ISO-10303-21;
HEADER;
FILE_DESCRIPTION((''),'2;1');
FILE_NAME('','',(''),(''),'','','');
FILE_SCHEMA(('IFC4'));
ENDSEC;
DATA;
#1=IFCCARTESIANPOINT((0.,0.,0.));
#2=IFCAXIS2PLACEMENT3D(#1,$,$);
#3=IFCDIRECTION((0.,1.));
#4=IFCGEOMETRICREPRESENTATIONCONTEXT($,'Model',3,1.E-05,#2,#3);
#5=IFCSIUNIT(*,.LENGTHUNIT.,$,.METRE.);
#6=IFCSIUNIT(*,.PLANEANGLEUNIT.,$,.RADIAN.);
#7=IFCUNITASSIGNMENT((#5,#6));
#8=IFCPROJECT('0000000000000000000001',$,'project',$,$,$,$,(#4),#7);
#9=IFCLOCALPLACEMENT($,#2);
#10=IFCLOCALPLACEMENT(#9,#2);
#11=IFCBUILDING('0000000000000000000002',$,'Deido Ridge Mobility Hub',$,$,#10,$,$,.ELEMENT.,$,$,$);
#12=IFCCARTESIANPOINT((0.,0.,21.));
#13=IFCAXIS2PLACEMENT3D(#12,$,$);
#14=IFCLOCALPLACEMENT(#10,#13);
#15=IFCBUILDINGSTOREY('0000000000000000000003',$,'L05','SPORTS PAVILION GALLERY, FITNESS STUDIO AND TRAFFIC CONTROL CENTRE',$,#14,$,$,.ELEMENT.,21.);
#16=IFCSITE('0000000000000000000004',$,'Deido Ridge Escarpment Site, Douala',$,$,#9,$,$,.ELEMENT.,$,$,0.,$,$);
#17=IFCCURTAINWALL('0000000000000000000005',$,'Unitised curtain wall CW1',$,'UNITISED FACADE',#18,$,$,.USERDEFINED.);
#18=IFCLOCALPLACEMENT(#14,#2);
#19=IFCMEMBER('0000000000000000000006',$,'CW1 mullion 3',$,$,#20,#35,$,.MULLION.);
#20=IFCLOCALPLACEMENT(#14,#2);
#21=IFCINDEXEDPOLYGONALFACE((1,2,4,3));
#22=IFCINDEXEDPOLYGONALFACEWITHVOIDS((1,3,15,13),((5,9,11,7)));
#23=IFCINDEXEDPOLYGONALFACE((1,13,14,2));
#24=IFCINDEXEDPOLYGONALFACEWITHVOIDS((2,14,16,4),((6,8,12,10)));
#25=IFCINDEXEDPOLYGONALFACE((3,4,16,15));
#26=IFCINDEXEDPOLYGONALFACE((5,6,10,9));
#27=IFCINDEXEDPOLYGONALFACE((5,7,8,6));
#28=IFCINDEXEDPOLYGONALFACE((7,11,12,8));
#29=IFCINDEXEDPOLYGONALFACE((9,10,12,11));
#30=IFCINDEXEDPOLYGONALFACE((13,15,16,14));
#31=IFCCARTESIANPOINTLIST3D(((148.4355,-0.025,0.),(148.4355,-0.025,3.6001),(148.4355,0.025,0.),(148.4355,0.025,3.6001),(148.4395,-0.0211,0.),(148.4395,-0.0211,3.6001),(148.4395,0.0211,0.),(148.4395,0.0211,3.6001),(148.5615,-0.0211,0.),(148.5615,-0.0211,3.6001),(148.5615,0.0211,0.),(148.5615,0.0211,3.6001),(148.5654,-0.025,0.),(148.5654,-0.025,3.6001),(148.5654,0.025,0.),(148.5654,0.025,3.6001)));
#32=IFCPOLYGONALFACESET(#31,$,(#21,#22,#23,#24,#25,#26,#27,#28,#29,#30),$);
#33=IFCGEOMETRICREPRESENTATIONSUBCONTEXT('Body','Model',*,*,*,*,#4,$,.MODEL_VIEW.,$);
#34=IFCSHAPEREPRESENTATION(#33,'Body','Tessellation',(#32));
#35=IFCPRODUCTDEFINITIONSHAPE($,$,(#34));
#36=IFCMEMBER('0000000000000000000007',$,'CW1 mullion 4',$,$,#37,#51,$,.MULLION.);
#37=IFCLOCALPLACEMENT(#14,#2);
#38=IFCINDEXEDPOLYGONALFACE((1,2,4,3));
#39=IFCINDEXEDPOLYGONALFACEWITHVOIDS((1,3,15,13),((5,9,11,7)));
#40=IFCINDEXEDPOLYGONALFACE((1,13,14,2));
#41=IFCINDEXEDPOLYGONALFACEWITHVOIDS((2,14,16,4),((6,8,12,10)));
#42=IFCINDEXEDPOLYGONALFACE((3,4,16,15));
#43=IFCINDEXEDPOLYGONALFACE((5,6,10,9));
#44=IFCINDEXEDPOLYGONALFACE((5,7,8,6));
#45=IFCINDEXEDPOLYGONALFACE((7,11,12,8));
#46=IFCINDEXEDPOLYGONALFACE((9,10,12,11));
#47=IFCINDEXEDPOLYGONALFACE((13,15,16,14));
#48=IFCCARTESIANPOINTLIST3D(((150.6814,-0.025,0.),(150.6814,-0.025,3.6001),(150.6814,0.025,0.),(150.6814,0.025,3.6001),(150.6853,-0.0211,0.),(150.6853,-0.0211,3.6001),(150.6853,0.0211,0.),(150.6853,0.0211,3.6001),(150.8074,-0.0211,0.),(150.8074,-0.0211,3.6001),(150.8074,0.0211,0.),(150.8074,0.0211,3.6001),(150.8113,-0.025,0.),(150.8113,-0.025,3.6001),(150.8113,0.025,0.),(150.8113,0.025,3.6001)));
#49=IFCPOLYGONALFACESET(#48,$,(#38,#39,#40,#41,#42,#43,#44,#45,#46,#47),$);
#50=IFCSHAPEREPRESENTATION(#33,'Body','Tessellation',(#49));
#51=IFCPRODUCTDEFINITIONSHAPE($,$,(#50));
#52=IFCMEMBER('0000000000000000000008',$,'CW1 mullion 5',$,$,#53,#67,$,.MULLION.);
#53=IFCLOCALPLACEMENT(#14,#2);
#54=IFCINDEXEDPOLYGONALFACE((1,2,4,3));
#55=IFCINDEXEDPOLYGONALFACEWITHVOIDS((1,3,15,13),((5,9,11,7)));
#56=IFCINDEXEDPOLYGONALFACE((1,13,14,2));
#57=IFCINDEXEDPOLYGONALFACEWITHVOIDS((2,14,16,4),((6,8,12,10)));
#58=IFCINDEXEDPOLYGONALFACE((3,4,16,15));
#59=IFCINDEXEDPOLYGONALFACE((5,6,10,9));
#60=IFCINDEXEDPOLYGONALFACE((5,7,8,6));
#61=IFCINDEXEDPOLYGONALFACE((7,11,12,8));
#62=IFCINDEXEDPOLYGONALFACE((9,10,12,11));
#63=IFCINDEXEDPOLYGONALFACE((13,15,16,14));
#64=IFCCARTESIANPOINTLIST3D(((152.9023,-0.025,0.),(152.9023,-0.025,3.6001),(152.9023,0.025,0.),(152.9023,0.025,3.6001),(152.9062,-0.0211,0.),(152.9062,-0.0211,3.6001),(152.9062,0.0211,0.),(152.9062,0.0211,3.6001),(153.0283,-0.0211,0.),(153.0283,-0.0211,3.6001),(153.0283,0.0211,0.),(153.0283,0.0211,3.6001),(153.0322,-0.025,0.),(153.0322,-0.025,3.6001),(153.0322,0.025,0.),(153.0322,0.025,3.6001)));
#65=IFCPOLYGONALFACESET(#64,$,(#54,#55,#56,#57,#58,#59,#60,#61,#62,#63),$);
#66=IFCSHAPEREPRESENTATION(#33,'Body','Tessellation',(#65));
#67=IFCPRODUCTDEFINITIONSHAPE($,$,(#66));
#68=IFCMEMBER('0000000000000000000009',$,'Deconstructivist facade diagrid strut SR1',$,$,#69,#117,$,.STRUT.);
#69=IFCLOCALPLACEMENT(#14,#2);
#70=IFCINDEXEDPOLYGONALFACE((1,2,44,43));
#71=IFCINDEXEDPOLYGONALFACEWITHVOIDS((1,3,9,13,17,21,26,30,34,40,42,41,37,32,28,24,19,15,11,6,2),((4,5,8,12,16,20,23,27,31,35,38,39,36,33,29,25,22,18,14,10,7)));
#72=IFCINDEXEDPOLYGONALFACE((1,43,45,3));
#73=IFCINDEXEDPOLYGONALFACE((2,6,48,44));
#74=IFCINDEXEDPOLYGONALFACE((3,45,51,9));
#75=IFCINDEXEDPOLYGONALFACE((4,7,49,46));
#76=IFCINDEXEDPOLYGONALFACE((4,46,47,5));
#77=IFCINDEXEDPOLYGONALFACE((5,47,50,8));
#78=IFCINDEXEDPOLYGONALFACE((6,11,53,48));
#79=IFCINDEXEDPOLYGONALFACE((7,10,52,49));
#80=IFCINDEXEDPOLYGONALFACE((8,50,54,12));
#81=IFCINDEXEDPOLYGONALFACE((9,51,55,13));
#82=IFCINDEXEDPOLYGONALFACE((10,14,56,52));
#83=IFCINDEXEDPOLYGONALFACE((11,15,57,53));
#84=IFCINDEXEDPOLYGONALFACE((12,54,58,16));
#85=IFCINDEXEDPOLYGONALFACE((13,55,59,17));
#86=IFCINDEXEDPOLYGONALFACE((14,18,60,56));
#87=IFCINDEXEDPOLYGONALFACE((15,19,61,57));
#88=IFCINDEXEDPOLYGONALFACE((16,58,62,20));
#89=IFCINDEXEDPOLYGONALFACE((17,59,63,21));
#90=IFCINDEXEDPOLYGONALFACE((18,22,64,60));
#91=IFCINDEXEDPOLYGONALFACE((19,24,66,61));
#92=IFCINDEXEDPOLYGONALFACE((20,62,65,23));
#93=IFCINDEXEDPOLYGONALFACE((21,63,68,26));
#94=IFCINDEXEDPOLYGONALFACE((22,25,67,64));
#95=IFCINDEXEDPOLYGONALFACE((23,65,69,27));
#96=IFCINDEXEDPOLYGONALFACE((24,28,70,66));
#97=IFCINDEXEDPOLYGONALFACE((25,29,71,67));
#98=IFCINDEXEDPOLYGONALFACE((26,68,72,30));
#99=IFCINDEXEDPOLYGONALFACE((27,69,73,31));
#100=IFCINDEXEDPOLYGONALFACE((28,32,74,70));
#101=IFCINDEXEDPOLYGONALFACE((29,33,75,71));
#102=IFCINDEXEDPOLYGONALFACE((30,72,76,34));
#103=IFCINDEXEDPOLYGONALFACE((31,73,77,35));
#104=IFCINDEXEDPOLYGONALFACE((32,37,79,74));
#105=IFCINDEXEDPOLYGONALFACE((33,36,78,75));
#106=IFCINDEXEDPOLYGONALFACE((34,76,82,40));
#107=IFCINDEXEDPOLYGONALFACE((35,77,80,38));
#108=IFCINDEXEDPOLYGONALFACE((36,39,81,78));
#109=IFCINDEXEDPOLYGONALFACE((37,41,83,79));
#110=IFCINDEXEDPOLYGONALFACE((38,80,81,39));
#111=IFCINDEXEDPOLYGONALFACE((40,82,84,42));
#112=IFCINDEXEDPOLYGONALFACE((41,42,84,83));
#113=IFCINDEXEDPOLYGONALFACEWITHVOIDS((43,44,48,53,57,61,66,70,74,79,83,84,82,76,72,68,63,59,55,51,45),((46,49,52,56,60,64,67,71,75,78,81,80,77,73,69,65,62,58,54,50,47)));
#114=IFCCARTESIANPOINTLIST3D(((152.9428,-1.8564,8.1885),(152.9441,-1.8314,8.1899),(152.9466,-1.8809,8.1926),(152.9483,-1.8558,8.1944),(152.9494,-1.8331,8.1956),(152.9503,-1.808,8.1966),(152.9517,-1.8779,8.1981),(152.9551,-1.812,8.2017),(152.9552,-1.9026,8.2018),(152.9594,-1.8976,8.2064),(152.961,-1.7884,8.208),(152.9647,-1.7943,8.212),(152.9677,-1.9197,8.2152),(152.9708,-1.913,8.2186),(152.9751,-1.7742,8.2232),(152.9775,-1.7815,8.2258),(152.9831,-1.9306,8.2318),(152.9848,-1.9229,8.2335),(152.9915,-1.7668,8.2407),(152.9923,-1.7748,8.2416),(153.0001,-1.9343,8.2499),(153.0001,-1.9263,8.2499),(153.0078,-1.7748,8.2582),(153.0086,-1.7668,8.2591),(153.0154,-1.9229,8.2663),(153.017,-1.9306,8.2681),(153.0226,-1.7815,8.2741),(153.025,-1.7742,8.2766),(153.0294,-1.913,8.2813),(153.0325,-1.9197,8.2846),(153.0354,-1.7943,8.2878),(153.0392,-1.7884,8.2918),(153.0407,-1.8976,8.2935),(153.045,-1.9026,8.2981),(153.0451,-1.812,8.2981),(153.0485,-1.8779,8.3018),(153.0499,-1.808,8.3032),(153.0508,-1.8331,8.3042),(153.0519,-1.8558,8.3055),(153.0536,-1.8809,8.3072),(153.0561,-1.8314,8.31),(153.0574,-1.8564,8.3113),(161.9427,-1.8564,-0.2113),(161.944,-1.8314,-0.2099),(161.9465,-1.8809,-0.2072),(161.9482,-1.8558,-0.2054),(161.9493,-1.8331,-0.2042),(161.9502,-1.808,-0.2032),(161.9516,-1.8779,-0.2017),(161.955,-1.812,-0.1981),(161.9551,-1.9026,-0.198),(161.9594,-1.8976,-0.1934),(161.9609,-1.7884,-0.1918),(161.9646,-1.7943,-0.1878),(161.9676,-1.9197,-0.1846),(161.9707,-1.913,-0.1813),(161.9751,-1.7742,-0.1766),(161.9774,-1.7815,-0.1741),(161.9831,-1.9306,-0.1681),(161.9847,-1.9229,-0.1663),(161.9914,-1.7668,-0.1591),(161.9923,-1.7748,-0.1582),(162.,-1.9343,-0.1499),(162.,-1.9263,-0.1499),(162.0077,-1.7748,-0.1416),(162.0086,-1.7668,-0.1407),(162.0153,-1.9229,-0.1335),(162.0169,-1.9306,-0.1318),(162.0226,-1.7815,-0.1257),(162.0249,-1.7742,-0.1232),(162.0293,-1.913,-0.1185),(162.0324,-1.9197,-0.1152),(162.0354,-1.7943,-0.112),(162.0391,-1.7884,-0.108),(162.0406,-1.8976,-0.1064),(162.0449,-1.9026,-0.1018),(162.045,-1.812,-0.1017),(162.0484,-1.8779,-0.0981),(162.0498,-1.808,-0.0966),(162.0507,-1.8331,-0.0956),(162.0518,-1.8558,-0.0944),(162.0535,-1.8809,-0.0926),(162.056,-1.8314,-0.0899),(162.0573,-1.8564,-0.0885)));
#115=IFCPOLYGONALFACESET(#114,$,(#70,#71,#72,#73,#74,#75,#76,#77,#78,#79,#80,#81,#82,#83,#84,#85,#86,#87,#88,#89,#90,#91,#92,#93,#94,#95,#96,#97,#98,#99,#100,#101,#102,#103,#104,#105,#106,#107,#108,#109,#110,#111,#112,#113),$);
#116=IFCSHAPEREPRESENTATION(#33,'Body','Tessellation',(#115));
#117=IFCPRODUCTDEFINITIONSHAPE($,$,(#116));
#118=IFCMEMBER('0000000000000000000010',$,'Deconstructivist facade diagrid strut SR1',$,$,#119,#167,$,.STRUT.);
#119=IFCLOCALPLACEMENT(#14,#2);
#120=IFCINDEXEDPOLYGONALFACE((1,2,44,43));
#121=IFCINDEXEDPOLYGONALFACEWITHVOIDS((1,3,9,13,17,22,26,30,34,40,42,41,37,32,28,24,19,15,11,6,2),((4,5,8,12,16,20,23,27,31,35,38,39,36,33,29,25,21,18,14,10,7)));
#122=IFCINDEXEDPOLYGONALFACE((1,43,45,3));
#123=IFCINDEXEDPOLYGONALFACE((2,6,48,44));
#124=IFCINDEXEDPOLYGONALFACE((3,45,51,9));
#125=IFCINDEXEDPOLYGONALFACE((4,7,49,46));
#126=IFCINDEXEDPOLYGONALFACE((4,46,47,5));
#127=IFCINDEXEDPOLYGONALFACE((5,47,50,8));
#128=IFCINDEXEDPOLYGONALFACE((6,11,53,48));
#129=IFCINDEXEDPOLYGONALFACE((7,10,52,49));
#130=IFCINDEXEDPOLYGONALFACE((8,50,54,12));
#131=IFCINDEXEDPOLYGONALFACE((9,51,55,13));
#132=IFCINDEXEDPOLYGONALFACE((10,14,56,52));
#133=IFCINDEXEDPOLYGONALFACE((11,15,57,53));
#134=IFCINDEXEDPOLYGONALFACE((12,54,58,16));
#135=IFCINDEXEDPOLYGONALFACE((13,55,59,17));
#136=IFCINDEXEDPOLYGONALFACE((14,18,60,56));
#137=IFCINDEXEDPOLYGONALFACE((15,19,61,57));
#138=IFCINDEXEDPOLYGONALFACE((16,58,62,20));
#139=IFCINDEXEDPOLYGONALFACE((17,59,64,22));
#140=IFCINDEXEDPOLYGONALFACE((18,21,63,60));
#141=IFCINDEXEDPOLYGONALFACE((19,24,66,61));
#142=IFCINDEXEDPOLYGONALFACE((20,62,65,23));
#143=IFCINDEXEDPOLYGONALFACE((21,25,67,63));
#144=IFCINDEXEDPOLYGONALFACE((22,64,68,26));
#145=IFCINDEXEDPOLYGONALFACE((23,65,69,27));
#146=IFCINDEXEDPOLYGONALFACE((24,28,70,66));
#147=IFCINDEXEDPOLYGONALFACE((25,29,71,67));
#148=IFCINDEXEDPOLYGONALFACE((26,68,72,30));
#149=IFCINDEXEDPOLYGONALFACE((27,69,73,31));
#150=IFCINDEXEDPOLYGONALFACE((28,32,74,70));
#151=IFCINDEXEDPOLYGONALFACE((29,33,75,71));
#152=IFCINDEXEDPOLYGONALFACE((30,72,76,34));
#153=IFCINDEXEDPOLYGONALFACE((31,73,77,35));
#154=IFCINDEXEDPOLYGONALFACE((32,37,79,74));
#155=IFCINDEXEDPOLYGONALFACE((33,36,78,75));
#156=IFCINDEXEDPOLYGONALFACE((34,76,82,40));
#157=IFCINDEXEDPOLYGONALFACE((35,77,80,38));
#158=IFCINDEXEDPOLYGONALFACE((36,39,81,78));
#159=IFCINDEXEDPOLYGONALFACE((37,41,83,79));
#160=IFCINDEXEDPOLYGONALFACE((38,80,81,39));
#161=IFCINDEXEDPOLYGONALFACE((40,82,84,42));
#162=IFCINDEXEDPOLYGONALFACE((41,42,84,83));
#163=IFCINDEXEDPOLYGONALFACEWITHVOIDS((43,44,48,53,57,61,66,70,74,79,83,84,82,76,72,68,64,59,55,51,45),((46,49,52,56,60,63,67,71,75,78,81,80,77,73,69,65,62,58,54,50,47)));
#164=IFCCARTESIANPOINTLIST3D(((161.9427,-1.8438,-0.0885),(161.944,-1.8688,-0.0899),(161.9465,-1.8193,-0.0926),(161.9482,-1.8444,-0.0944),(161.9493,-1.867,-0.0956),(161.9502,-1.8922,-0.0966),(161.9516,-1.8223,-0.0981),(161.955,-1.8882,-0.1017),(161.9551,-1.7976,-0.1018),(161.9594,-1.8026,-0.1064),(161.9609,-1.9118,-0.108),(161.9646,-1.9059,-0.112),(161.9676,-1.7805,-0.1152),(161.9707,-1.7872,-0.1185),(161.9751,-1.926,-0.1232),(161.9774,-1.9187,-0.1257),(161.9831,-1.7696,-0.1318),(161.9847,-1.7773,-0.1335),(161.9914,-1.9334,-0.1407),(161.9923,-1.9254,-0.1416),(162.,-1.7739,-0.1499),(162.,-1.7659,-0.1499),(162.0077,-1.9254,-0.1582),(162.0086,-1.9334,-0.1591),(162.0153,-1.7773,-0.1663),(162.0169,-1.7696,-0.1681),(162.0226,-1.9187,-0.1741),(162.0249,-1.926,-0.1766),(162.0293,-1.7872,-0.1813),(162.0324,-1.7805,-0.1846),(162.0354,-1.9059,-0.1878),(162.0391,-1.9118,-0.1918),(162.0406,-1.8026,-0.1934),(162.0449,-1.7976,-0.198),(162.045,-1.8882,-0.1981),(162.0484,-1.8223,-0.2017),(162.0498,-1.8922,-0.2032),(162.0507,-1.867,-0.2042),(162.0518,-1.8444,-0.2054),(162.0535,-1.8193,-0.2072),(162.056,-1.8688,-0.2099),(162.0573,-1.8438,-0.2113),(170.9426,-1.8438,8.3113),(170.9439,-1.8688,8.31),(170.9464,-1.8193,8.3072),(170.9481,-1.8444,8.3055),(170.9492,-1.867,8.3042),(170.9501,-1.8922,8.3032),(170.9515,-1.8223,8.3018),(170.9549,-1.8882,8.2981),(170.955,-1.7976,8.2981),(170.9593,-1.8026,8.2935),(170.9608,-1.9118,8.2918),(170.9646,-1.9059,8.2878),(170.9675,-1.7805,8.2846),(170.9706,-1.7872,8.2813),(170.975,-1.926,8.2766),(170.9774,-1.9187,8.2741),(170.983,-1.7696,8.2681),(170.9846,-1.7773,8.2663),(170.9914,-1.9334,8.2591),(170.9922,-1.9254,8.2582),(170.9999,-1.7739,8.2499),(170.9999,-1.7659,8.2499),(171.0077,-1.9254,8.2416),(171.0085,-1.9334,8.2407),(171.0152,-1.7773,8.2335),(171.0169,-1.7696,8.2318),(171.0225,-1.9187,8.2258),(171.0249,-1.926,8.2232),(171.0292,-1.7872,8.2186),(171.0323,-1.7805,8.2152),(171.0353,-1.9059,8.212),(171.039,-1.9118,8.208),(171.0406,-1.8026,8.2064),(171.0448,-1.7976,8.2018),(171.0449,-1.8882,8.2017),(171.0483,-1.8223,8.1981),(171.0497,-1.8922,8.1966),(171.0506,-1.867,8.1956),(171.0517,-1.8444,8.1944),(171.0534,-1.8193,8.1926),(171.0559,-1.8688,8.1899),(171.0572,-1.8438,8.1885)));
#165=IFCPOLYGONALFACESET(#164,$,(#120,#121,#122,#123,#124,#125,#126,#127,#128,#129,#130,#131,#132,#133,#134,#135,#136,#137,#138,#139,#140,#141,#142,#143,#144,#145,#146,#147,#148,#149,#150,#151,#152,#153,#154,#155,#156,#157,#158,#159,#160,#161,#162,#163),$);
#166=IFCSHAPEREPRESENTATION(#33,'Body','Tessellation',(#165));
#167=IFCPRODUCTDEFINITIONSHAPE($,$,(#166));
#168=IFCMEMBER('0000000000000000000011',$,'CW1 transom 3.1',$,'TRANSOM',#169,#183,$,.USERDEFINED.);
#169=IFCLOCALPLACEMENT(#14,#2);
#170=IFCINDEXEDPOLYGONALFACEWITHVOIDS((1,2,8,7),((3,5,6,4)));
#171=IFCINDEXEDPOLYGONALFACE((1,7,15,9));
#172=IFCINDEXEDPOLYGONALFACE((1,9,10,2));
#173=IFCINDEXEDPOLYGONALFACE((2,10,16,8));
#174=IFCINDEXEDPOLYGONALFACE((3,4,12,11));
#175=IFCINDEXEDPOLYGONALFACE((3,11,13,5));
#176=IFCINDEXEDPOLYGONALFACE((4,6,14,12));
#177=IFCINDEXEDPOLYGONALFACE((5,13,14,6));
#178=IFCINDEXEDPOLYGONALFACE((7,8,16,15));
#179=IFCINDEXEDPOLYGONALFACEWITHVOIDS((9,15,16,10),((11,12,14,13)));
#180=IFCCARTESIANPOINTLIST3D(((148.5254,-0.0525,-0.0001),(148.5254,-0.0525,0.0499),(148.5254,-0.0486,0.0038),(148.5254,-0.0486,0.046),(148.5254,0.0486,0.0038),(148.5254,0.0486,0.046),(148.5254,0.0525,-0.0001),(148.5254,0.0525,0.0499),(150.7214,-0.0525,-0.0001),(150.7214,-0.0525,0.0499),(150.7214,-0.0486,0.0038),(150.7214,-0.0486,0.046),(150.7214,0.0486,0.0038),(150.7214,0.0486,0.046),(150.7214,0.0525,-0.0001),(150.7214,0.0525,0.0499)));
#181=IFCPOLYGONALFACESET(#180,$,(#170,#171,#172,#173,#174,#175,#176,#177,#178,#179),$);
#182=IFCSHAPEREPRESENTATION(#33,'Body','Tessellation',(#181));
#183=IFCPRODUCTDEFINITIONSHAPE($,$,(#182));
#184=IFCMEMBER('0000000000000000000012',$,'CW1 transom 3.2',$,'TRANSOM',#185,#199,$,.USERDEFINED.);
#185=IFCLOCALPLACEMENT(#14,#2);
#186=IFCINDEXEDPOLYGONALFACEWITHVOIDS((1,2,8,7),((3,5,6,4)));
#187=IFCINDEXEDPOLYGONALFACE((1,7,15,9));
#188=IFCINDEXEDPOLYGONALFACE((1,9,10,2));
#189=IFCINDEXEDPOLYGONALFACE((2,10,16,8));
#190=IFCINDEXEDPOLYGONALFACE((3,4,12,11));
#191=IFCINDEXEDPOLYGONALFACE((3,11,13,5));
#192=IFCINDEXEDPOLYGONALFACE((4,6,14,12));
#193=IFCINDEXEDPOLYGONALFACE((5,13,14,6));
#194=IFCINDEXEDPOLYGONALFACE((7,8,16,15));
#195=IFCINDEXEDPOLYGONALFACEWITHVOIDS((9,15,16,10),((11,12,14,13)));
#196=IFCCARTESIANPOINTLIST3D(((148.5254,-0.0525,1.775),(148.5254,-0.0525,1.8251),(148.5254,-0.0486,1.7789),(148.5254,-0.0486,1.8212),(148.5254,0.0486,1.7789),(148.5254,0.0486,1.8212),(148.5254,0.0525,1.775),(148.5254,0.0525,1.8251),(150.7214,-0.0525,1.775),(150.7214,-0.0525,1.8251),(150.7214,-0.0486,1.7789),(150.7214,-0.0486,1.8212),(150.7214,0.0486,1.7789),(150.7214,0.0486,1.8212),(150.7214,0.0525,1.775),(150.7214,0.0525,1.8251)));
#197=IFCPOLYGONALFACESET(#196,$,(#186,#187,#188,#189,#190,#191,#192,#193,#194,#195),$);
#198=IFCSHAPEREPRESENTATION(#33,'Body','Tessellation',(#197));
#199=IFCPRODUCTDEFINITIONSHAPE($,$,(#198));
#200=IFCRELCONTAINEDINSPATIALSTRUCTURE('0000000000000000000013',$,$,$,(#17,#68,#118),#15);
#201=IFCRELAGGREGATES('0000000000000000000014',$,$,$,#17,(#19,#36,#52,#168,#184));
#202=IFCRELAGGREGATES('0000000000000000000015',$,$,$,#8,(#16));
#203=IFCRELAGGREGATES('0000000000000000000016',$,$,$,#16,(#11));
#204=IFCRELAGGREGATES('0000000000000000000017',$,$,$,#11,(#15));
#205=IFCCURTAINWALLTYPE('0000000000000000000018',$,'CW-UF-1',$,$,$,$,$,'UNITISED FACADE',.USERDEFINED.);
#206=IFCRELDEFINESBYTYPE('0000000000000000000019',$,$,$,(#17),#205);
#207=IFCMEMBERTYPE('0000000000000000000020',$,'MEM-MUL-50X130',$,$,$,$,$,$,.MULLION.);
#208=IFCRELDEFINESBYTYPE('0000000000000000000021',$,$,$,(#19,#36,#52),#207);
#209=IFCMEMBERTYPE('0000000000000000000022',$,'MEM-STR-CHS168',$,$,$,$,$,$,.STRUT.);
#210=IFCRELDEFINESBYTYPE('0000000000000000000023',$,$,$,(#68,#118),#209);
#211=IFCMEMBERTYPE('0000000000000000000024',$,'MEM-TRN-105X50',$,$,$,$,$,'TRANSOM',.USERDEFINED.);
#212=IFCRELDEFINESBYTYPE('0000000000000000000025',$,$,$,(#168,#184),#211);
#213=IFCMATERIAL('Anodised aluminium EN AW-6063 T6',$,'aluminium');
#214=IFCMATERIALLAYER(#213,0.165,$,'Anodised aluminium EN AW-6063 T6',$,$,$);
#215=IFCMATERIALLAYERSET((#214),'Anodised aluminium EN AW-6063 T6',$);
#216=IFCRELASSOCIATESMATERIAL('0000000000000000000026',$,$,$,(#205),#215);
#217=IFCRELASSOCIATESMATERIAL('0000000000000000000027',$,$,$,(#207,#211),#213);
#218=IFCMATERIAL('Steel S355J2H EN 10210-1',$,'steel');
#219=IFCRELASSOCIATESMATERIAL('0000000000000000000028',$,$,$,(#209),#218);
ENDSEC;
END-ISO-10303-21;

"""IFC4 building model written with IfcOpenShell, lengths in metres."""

from ifc_helpers import new_model, si_unit, direction, frame, origin, origin_2d, place, context, subcontext, project, spatial, hollow_rectangle, hollow_circle, extrude, material, layer, layer_set, material_profile, profile_set, type_object, element, aggregate, save


model = new_model("IFC4")

# Units and contexts
model_context = context("Model", 3, precision=1e-05, world=origin(), true_north=direction((0.0, 1.0)))
body_context = subcontext(model_context, "Body", "Model", "MODEL_VIEW")
ifc_project = project(units=[si_unit("LENGTHUNIT", "METRE"), si_unit("PLANEANGLEUNIT", "RADIAN")], contexts=[model_context])

# Site, building, storey
site_placement = place(None, origin())
site = spatial("IfcSite", under=ifc_project, at=site_placement, Name="Deido Ridge Escarpment Site, Douala", CompositionType="ELEMENT", RefElevation=0.0)
building_placement = place(site_placement, origin())
building = spatial("IfcBuilding", under=site, at=building_placement, Name="Deido Ridge Mobility Hub", CompositionType="ELEMENT")
storey_placement = place(building_placement, frame((0.0, 0.0, 21.0)))
storey = spatial("IfcBuildingStorey", under=building, at=storey_placement, Name="L05", Description="SPORTS PAVILION GALLERY, FITNESS STUDIO AND TRAFFIC CONTROL CENTRE", CompositionType="ELEMENT", Elevation=21.0)

# Curtain wall, members
ifc_material_1 = material(Name="Anodised aluminium EN AW-6063 T6", Category="aluminium")
ifc_layer_1 = layer(ifc_material_1, 0.165, Name="Anodised aluminium EN AW-6063 T6")
ifc_layer_set_1 = layer_set([ifc_layer_1], Name="Anodised aluminium EN AW-6063 T6")
curtain_wall_type = type_object("IfcCurtainWallType", Name="CW-UF-1", ElementType="UNITISED FACADE", PredefinedType="USERDEFINED", material=ifc_layer_set_1)
curtain_wall_placement = place(storey_placement, origin())
curtain_wall = element("IfcCurtainWall", 1, at=curtain_wall_placement, inside=storey, type_object=curtain_wall_type, Name="Unitised curtain wall CW1", ObjectType="UNITISED FACADE", PredefinedType="USERDEFINED")
ifc_material_profile_1 = material_profile(ifc_material_1, hollow_rectangle(XDim=0.05, YDim=0.1299, WallThickness=0.0039, at=origin_2d()), Name="RHS 50x130x4")
ifc_profile_set_1 = profile_set([ifc_material_profile_1], Name="Anodised aluminium EN AW-6063 T6")
member_type_1 = type_object("IfcMemberType", Name="MEM-MUL-50X130", PredefinedType="MULLION", material=ifc_profile_set_1)
member_1_placement = place(storey_placement, frame((148.5005, 0.0, 0.0), z_axis=(0.0, 0.0, 1.0), x_axis=(0.0, 1.0, 0.0)))
member_1 = element("IfcMember", 2, at=member_1_placement, type_object=member_type_1, Name="CW1 mullion 3", PredefinedType="MULLION", context=body_context, shape_type="SweptSolid", body=[
    extrude(hollow_rectangle(XDim=0.05, YDim=0.1299, WallThickness=0.0039, at=origin_2d()), origin(), (0.0, 0.0, 1.0), 3.6001),
])
member_2_placement = place(storey_placement, frame((150.7463, 0.0, 0.0), z_axis=(0.0, 0.0, 1.0), x_axis=(0.0, 1.0, 0.0)))
member_2 = element("IfcMember", 3, at=member_2_placement, type_object=member_type_1, Name="CW1 mullion 4", PredefinedType="MULLION", context=body_context, shape_type="SweptSolid", body=[
    extrude(hollow_rectangle(XDim=0.05, YDim=0.1299, WallThickness=0.0039, at=origin_2d()), origin(), (0.0, 0.0, 1.0), 3.6001),
])
member_3_placement = place(storey_placement, frame((152.9673, 0.0, 0.0), z_axis=(0.0, 0.0, 1.0), x_axis=(0.0, 1.0, 0.0)))
member_3 = element("IfcMember", 4, at=member_3_placement, type_object=member_type_1, Name="CW1 mullion 5", PredefinedType="MULLION", context=body_context, shape_type="SweptSolid", body=[
    extrude(hollow_rectangle(XDim=0.05, YDim=0.1299, WallThickness=0.0039, at=origin_2d()), origin(), (0.0, 0.0, 1.0), 3.6001),
])

# Members
ifc_material_2 = material(Name="Steel S355J2H EN 10210-1", Category="steel")
ifc_material_profile_2 = material_profile(ifc_material_2, hollow_circle(Radius=0.0842, WallThickness=0.0081, at=origin_2d()), Name="CHS 168.3x8")
ifc_profile_set_2 = profile_set([ifc_material_profile_2], Name="Steel S355J2H EN 10210-1")
member_type_2 = type_object("IfcMemberType", Name="MEM-STR-CHS168", PredefinedType="STRUT", material=ifc_profile_set_2)
for number, where, z_axis, x_axis, name in (
    (5, (162.0, -1.8501, -0.1499), (-0.731059, 0.0, 0.682314), (0.0, -1.0, 0.0), "Deconstructivist facade diagrid strut SR1"),
    (6, (162.0, -1.8501, -0.1499), (0.731059, 0.0, 0.682314), (0.0, 1.0, 0.0), "Deconstructivist facade diagrid strut SR1"),
):
    element("IfcMember", number, at=place(storey_placement, frame(where, z_axis=z_axis, x_axis=x_axis)), inside=storey, type_object=member_type_2, Name=name, PredefinedType="STRUT", context=body_context, shape_type="SweptSolid", body=[
        extrude(hollow_circle(Radius=0.0842, WallThickness=0.0081, at=origin_2d()), origin(), (0.0, 0.0, 1.0), 12.3108),
    ])

# Members
ifc_material_profile_3 = material_profile(ifc_material_1, hollow_rectangle(XDim=0.105, YDim=0.05, WallThickness=0.0039, at=origin_2d()), Name="RHS 105x50x4")
ifc_profile_set_3 = profile_set([ifc_material_profile_3], Name="Anodised aluminium EN AW-6063 T6")
member_type_3 = type_object("IfcMemberType", Name="MEM-TRN-105X50", ElementType="TRANSOM", PredefinedType="USERDEFINED", material=ifc_profile_set_3)
member_4_placement = place(storey_placement, frame((148.5254, 0.0, 0.0249), z_axis=(1.0, 0.0, 0.0), x_axis=(0.0, 1.0, 0.0)))
member_4 = element("IfcMember", 7, at=member_4_placement, type_object=member_type_3, Name="CW1 transom 3.1", ObjectType="TRANSOM", PredefinedType="USERDEFINED", context=body_context, shape_type="SweptSolid", body=[
    extrude(hollow_rectangle(XDim=0.105, YDim=0.05, WallThickness=0.0039, at=origin_2d()), origin(), (0.0, 0.0, 1.0), 2.196),
])
member_5_placement = place(storey_placement, frame((148.5254, 0.0, 1.8), z_axis=(1.0, 0.0, 0.0), x_axis=(0.0, 1.0, 0.0)))
member_5 = element("IfcMember", 8, at=member_5_placement, type_object=member_type_3, Name="CW1 transom 3.2", ObjectType="TRANSOM", PredefinedType="USERDEFINED", context=body_context, shape_type="SweptSolid", body=[
    extrude(hollow_rectangle(XDim=0.105, YDim=0.05, WallThickness=0.0039, at=origin_2d()), origin(), (0.0, 0.0, 1.0), 2.196),
])

aggregate(curtain_wall, [member_1, member_2, member_3, member_4, member_5])

save(model, "model.ifc")
